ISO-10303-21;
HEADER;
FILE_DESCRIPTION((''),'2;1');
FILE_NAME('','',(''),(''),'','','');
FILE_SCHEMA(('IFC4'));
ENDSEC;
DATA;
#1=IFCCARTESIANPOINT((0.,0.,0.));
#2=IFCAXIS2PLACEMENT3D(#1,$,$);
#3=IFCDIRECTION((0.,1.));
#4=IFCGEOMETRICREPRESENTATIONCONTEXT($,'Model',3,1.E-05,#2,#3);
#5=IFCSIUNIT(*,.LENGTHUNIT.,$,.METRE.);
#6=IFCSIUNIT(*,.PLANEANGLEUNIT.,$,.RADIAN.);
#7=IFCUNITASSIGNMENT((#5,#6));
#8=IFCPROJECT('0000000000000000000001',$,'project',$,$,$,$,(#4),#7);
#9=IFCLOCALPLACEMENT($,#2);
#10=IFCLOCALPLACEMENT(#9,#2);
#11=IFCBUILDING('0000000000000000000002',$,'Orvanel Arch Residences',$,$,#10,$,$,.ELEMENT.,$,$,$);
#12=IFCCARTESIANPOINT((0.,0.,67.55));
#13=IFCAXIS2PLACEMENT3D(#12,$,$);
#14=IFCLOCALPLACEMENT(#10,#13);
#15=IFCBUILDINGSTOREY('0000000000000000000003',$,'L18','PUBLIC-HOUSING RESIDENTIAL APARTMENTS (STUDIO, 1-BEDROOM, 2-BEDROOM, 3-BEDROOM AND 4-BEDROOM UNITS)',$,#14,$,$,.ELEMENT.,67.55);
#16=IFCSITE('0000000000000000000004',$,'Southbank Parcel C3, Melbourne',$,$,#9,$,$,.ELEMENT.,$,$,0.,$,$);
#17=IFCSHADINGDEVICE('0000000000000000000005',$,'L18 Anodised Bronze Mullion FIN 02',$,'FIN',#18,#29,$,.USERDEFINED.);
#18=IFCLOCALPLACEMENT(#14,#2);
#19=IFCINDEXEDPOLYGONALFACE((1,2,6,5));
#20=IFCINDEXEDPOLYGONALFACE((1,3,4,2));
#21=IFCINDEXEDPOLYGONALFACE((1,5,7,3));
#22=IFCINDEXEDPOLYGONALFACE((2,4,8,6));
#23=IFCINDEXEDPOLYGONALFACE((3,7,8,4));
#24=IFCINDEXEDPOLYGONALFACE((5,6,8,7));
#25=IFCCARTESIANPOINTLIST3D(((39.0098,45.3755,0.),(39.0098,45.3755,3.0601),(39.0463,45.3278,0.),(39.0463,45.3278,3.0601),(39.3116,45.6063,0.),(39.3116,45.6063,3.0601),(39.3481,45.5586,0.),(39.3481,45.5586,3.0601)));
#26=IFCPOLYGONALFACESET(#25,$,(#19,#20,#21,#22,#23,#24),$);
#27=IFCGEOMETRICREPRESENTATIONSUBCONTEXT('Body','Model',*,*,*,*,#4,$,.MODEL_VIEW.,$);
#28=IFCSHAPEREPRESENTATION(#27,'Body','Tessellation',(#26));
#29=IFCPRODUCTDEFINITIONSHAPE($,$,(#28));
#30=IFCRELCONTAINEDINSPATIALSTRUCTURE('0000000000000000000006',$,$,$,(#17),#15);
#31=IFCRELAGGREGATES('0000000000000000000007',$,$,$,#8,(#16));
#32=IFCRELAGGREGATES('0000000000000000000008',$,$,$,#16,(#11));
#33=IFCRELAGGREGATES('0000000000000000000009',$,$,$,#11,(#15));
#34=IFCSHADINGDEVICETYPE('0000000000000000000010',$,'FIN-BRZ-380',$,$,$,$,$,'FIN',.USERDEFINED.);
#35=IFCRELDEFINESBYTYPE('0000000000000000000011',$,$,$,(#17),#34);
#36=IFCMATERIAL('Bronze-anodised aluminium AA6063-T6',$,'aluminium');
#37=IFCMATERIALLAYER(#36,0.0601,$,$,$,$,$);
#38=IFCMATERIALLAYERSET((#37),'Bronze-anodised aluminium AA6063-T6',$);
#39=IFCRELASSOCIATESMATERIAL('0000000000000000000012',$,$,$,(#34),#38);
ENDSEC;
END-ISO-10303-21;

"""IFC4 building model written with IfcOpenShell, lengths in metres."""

from ifc_helpers import new_model, si_unit, direction, frame, origin, origin_2d, place, context, subcontext, project, spatial, rectangle, extrude, material, layer, layer_set, type_object, element, save


model = new_model("IFC4")

# Units and contexts
model_context = context("Model", 3, precision=1e-05, world=origin(), true_north=direction((0.0, 1.0)))
body_context = subcontext(model_context, "Body", "Model", "MODEL_VIEW")
ifc_project = project(units=[si_unit("LENGTHUNIT", "METRE"), si_unit("PLANEANGLEUNIT", "RADIAN")], contexts=[model_context])

# Site, building, storey
site_placement = place(None, origin())
site = spatial("IfcSite", under=ifc_project, at=site_placement, Name="Southbank Parcel C3, Melbourne", CompositionType="ELEMENT", RefElevation=0.0)
building_placement = place(site_placement, origin())
building = spatial("IfcBuilding", under=site, at=building_placement, Name="Orvanel Arch Residences", CompositionType="ELEMENT")
storey_placement = place(building_placement, frame((0.0, 0.0, 67.55)))
storey = spatial("IfcBuildingStorey", under=building, at=storey_placement, Name="L18", Description="PUBLIC-HOUSING RESIDENTIAL APARTMENTS (STUDIO, 1-BEDROOM, 2-BEDROOM, 3-BEDROOM AND 4-BEDROOM UNITS)", CompositionType="ELEMENT", Elevation=67.55)

# Shared definitions
ifc_material_1 = material(Name="Bronze-anodised aluminium AA6063-T6", Category="aluminium")

# Shading device
ifc_layer_1 = layer(ifc_material_1, 0.0601)
ifc_layer_set_1 = layer_set([ifc_layer_1], Name="Bronze-anodised aluminium AA6063-T6")
shading_device_type = type_object("IfcShadingDeviceType", Name="FIN-BRZ-380", ElementType="FIN", PredefinedType="USERDEFINED", material=ifc_layer_set_1)
for number, where, z_axis, x_axis, name in (
    (1, (39.179, 45.467, 0.0), (0.0, 0.0, 1.0), (0.794415, 0.607376, 0.0), "L18 Anodised Bronze Mullion FIN 02"),
):
    element("IfcShadingDevice", number, at=place(storey_placement, frame(where, z_axis=z_axis, x_axis=x_axis)), inside=storey, type_object=shading_device_type, Name=name, ObjectType="FIN", PredefinedType="USERDEFINED", context=body_context, shape_type="SweptSolid", body=[
        extrude(rectangle(XDim=0.3799, YDim=0.0601, at=origin_2d()), origin(), (0.0, 0.0, 1.0), 3.0601),
    ])

save(model, "model.ifc")
